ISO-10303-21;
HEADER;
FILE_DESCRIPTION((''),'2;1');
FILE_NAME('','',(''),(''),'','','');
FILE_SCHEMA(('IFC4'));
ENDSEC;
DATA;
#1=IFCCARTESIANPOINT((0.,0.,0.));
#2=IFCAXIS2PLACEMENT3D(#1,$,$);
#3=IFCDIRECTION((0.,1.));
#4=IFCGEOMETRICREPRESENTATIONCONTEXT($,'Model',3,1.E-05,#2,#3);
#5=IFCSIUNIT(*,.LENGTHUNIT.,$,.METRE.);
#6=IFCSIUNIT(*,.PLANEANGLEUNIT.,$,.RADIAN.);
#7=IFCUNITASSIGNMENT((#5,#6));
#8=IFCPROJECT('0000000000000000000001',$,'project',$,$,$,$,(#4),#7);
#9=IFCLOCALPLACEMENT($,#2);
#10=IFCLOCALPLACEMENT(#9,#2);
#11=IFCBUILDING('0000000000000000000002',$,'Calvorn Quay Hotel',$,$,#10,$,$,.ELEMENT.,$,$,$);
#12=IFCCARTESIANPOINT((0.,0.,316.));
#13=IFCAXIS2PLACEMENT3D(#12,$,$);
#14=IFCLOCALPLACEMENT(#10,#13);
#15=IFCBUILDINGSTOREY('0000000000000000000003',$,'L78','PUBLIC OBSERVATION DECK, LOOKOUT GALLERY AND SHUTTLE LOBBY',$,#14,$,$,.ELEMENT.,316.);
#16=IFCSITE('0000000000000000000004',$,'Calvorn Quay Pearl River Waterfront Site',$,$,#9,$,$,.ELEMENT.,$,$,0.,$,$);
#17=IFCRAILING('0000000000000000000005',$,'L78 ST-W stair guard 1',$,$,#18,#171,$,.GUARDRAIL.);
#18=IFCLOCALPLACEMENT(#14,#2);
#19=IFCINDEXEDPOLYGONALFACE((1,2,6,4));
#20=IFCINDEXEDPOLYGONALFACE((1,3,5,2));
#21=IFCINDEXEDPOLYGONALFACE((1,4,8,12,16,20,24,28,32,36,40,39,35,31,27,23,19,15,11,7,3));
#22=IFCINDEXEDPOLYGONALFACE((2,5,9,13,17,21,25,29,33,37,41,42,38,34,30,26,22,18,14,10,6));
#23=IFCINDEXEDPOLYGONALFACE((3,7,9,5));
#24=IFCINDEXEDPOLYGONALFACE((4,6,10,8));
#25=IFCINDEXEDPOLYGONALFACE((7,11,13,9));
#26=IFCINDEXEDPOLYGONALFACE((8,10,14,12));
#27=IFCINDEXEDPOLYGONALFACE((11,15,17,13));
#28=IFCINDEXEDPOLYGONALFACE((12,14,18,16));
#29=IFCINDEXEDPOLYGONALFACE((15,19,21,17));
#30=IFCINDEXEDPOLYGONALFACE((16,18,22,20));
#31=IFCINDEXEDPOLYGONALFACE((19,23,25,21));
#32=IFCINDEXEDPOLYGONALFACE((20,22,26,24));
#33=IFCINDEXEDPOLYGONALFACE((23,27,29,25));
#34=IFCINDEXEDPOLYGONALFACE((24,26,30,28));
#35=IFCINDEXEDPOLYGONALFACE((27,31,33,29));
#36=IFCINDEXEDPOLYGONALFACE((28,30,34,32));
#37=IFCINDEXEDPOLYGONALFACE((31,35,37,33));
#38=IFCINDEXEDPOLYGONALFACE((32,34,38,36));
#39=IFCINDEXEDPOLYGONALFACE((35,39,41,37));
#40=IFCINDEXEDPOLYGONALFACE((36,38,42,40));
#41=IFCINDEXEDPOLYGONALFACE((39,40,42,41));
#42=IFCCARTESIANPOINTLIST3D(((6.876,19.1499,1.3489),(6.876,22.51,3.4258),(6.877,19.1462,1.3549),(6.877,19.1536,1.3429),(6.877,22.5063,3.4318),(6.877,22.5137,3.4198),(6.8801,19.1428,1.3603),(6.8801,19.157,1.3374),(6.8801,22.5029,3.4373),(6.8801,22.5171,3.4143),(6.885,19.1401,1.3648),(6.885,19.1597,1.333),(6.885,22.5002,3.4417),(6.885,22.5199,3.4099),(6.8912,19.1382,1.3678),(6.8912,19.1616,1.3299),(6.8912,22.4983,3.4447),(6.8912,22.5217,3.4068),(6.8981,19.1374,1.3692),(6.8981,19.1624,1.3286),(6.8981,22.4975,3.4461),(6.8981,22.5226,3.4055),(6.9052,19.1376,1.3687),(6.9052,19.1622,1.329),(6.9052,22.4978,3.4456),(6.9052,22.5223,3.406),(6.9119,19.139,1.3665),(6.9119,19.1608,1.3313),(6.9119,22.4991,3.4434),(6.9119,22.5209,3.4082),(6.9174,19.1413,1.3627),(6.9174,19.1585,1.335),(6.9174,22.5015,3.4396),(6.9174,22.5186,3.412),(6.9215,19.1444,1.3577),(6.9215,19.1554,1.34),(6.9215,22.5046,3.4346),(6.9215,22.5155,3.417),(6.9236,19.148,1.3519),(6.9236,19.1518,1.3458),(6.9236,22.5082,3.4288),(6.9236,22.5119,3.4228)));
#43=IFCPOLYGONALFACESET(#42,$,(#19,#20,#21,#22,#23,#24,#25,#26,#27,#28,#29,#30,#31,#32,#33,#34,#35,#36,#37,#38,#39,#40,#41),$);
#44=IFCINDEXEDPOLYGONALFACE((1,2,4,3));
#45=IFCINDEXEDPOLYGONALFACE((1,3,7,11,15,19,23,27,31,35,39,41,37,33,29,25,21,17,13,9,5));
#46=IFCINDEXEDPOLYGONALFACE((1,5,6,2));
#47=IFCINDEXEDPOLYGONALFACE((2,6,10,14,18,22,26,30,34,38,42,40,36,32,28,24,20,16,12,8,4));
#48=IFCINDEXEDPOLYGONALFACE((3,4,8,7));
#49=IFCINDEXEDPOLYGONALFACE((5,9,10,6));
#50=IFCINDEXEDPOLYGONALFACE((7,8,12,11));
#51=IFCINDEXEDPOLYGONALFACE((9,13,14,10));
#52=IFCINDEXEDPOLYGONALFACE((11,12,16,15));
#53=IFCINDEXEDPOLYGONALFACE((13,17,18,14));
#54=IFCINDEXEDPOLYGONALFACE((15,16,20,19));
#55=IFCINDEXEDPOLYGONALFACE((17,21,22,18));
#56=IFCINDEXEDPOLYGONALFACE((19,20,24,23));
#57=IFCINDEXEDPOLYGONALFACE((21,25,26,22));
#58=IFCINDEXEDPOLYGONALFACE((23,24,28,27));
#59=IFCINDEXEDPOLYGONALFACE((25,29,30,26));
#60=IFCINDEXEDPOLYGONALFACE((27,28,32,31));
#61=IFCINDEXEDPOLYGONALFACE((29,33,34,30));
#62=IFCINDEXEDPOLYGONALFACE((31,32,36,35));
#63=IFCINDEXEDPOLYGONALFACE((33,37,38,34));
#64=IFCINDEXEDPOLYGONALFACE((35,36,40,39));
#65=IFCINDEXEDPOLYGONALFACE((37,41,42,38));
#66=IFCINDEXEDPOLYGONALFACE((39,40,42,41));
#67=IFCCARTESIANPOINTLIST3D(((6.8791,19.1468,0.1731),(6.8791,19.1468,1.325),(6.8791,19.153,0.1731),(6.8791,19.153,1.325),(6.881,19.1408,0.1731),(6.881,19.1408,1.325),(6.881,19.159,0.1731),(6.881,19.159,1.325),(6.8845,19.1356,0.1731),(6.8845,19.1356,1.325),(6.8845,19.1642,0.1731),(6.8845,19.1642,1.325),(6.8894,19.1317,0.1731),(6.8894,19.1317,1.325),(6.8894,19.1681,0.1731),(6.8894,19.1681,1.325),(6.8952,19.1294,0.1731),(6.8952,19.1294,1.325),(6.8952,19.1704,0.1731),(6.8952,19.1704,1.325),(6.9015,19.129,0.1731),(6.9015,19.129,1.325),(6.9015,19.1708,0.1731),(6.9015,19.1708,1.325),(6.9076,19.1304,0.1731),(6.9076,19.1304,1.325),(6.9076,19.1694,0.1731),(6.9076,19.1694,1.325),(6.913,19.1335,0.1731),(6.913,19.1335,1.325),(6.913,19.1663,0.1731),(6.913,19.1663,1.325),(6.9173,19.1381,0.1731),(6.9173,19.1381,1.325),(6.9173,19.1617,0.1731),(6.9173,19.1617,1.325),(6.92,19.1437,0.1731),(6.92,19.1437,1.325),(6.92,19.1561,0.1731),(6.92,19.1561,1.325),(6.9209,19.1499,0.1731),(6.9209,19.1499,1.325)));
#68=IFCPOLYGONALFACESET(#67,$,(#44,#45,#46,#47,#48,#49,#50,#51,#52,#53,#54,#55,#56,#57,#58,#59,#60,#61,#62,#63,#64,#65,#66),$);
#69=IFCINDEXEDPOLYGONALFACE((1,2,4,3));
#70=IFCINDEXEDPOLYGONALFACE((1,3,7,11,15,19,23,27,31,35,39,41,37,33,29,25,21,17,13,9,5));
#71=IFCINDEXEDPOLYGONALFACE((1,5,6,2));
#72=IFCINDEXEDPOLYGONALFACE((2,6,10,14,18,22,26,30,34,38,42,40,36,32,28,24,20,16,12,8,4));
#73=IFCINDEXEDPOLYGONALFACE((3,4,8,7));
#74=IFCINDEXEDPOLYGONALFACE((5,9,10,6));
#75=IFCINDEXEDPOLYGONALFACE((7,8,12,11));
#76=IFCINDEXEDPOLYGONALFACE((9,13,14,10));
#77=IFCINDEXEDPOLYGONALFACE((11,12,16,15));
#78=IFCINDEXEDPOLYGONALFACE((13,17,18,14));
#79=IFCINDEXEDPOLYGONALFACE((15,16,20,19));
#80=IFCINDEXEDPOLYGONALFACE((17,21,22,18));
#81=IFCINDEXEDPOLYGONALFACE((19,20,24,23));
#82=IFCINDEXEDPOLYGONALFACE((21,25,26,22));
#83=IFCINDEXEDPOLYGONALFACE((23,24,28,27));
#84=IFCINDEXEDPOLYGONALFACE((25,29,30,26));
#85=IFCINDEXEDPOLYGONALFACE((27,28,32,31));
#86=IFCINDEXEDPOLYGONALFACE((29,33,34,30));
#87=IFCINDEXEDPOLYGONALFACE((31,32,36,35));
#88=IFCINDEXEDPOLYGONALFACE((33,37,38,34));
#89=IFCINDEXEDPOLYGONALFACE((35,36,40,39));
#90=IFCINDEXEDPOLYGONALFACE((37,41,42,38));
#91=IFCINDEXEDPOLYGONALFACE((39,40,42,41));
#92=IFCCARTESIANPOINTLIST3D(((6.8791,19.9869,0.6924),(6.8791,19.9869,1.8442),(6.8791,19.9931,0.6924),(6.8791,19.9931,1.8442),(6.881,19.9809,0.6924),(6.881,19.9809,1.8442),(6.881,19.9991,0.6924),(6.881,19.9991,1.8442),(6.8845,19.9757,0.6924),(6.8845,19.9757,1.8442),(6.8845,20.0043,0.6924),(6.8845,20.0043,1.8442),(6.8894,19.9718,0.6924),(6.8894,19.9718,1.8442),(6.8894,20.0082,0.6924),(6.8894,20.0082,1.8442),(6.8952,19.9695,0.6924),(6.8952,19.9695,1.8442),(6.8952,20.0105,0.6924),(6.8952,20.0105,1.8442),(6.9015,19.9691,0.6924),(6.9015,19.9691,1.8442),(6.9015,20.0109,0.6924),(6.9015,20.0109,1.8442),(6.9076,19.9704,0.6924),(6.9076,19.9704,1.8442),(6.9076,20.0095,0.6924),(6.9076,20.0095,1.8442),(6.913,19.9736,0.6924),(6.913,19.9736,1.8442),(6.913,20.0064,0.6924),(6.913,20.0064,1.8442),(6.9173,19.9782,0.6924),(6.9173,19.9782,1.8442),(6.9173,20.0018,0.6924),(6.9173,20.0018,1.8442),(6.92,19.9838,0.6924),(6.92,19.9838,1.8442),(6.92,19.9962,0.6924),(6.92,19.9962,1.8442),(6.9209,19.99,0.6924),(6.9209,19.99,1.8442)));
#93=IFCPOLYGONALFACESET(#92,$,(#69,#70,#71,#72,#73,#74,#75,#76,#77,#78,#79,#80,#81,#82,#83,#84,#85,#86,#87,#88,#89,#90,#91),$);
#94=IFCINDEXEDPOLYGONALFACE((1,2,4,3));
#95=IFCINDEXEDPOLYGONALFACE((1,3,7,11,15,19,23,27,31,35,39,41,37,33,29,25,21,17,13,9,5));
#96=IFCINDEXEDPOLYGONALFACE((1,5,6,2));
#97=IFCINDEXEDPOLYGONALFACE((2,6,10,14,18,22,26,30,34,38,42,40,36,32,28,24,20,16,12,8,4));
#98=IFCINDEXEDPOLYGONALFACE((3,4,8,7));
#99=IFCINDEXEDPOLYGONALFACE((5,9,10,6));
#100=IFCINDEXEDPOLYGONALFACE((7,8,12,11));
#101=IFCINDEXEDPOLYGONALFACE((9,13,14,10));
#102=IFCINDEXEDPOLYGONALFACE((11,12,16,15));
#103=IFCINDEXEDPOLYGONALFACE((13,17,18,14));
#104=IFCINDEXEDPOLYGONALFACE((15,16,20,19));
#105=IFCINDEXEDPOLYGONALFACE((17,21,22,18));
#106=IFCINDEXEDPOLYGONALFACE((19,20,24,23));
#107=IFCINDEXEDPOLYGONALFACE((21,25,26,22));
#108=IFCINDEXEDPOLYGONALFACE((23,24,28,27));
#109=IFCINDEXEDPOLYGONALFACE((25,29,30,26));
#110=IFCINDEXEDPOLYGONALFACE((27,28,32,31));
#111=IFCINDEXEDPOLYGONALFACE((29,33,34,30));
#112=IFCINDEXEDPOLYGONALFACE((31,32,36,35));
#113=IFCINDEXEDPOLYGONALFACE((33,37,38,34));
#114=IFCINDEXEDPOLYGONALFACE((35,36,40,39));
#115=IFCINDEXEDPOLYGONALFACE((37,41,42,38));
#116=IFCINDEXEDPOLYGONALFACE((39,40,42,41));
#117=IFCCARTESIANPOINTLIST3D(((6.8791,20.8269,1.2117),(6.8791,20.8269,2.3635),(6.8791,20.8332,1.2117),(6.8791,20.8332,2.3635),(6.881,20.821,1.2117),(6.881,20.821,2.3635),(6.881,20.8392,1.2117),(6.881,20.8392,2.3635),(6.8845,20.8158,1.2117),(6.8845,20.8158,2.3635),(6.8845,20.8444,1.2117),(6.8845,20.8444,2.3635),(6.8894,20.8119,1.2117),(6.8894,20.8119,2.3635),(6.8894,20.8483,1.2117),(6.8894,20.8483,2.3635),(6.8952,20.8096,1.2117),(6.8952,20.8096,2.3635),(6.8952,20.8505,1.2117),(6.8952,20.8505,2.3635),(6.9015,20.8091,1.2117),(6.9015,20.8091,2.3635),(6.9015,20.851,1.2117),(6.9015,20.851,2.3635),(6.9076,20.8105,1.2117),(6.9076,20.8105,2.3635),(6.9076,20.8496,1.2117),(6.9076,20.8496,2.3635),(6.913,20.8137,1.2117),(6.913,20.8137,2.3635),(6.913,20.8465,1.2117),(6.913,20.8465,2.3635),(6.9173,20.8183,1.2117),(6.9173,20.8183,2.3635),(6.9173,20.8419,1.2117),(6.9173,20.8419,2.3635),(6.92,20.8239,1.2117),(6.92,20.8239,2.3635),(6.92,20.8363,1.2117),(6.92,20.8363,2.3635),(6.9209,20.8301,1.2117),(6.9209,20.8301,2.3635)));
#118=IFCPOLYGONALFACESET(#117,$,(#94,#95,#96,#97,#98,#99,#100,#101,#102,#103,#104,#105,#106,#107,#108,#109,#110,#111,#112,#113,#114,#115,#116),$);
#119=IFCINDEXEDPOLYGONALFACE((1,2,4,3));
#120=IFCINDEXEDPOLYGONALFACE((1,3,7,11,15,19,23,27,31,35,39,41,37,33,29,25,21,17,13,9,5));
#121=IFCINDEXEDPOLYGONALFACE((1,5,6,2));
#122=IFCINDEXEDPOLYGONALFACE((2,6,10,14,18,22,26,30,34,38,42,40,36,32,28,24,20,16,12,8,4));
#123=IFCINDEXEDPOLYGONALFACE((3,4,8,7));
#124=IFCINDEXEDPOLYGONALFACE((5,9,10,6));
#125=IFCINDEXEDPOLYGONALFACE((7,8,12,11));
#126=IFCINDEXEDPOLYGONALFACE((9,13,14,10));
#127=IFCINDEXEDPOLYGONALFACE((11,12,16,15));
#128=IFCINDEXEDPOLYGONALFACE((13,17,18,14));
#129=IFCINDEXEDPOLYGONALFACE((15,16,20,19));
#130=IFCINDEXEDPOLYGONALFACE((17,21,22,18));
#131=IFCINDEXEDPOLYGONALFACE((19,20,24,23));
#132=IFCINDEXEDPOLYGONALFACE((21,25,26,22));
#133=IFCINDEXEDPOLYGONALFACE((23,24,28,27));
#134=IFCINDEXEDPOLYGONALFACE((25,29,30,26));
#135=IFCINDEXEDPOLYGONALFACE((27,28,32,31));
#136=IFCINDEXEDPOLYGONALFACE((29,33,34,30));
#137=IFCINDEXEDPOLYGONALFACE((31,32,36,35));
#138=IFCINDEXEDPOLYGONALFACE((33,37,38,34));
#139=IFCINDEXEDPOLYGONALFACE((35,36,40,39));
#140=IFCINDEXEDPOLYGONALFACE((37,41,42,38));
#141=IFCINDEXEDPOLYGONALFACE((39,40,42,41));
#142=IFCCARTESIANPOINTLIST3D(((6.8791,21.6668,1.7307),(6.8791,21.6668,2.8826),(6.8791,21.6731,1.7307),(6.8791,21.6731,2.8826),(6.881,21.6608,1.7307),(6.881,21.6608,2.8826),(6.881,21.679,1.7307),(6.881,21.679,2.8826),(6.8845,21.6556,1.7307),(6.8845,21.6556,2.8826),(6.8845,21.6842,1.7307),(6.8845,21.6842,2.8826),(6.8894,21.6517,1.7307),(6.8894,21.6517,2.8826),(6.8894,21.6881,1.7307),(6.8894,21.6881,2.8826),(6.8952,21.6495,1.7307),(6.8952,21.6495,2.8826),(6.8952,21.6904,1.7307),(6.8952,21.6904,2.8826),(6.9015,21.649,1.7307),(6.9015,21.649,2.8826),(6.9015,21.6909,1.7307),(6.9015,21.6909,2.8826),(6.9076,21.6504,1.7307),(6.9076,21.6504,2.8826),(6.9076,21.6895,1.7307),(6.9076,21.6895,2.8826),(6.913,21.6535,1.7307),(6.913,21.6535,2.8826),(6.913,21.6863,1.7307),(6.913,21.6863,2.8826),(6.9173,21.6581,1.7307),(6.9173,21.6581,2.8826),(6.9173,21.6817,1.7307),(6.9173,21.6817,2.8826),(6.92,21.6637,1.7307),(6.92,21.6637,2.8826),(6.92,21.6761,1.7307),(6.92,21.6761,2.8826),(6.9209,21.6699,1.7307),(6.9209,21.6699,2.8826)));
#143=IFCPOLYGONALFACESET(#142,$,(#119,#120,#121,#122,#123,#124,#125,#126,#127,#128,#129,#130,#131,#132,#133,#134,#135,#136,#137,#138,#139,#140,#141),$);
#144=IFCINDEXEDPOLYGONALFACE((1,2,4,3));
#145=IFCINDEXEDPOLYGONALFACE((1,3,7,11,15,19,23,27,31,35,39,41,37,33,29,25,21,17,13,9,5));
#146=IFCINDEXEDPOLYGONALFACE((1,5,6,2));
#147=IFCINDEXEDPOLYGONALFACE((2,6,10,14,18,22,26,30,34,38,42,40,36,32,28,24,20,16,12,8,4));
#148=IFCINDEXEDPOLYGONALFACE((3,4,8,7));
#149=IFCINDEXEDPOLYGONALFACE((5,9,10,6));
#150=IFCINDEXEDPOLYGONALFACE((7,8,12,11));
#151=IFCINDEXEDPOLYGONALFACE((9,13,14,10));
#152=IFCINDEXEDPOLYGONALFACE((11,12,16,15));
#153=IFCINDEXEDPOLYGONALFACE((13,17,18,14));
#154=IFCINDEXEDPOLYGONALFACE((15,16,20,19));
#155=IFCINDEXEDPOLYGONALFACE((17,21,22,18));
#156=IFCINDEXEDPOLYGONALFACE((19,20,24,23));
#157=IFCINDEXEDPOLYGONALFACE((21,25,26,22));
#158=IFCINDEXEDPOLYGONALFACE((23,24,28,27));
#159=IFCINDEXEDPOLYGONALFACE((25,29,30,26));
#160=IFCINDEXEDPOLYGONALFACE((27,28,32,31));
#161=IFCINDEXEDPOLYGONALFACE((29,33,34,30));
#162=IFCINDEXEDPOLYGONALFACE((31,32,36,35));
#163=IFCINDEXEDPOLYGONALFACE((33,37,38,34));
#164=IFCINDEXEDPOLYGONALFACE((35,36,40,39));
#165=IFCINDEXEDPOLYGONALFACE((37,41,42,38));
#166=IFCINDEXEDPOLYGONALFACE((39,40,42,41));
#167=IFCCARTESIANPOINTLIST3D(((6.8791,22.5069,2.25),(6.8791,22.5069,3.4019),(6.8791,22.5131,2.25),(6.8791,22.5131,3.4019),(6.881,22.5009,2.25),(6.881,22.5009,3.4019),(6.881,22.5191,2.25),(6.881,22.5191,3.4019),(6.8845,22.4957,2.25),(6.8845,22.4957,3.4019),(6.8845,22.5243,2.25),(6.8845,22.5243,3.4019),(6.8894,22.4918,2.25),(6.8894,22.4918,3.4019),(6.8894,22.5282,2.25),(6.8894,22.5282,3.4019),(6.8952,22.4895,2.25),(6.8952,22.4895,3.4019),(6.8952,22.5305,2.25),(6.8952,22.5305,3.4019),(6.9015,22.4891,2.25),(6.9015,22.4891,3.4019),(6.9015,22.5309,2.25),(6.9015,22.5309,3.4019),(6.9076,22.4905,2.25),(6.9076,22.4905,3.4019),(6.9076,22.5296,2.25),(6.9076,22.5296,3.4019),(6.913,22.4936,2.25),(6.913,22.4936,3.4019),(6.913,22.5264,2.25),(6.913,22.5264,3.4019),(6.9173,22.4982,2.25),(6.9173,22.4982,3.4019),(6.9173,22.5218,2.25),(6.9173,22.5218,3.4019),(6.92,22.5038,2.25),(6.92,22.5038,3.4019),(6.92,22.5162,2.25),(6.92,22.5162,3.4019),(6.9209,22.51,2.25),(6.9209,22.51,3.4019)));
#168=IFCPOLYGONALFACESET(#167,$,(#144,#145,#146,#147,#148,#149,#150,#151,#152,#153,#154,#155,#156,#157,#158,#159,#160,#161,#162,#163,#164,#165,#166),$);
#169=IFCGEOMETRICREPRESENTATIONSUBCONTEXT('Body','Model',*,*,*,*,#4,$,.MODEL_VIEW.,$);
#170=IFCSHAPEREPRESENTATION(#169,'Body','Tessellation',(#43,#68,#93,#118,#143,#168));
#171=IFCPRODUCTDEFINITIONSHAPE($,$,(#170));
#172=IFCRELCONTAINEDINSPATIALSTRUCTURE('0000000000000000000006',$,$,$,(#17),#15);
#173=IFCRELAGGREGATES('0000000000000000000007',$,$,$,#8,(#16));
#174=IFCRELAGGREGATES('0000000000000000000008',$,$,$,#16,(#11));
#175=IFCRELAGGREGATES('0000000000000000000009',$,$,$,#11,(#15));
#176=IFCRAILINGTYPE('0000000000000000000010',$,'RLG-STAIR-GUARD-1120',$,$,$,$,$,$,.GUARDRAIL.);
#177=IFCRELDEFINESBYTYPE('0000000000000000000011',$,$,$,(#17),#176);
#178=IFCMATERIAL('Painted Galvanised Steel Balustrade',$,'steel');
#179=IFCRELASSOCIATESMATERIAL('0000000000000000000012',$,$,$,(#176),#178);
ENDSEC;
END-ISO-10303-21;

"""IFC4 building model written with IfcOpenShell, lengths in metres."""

from ifc_helpers import new_model, si_unit, direction, frame, origin, origin_2d, place, context, subcontext, project, spatial, circle, extrude, material, type_object, element, save


model = new_model("IFC4")

# Units and contexts
model_context = context("Model", 3, precision=1e-05, world=origin(), true_north=direction((0.0, 1.0)))
body_context = subcontext(model_context, "Body", "Model", "MODEL_VIEW")
ifc_project = project(units=[si_unit("LENGTHUNIT", "METRE"), si_unit("PLANEANGLEUNIT", "RADIAN")], contexts=[model_context])

# Site, building, storey
site_placement = place(None, origin())
site = spatial("IfcSite", under=ifc_project, at=site_placement, Name="Calvorn Quay Pearl River Waterfront Site", CompositionType="ELEMENT", RefElevation=0.0)
building_placement = place(site_placement, origin())
building = spatial("IfcBuilding", under=site, at=building_placement, Name="Calvorn Quay Hotel", CompositionType="ELEMENT")
storey_placement = place(building_placement, frame((0.0, 0.0, 316.0)))
storey = spatial("IfcBuildingStorey", under=building, at=storey_placement, Name="L78", Description="PUBLIC OBSERVATION DECK, LOOKOUT GALLERY AND SHUTTLE LOBBY", CompositionType="ELEMENT", Elevation=316.0)

# Railing
ifc_material_1 = material(Name="Painted Galvanised Steel Balustrade", Category="steel")
railing_type_1 = type_object("IfcRailingType", Name="RLG-STAIR-GUARD-1120", PredefinedType="GUARDRAIL", material=ifc_material_1)
railing_1_placement = place(storey_placement, frame((6.8999, 19.1499, 0.1731)))
element("IfcRailing", 1, at=railing_1_placement, inside=storey, type_object=railing_type_1, Name="L78 ST-W stair guard 1", PredefinedType="GUARDRAIL", context=body_context, shape_type="SweptSolid", body=[
    extrude(circle(Radius=0.0239, at=origin_2d()), frame((0.0, 0.0, 1.1758), z_axis=(0.0, 0.850623, 0.525776), x_axis=(-1.0, 0.0, 0.0)), (0.0, 0.0, 1.0), 3.9502),
    extrude(circle(Radius=0.021, at=origin_2d()), origin(), (0.0, 0.0, 1.0), 1.1519),
    extrude(circle(Radius=0.021, at=origin_2d()), frame((0.0, 0.8401, 0.5193)), (0.0, 0.0, 1.0), 1.1519),
    extrude(circle(Radius=0.021, at=origin_2d()), frame((0.0, 1.6802, 1.0386)), (0.0, 0.0, 1.0), 1.1519),
    extrude(circle(Radius=0.021, at=origin_2d()), frame((0.0, 2.52, 1.5576)), (0.0, 0.0, 1.0), 1.1519),
    extrude(circle(Radius=0.021, at=origin_2d()), frame((0.0, 3.3601, 2.0769)), (0.0, 0.0, 1.0), 1.1519),
])

save(model, "model.ifc")
